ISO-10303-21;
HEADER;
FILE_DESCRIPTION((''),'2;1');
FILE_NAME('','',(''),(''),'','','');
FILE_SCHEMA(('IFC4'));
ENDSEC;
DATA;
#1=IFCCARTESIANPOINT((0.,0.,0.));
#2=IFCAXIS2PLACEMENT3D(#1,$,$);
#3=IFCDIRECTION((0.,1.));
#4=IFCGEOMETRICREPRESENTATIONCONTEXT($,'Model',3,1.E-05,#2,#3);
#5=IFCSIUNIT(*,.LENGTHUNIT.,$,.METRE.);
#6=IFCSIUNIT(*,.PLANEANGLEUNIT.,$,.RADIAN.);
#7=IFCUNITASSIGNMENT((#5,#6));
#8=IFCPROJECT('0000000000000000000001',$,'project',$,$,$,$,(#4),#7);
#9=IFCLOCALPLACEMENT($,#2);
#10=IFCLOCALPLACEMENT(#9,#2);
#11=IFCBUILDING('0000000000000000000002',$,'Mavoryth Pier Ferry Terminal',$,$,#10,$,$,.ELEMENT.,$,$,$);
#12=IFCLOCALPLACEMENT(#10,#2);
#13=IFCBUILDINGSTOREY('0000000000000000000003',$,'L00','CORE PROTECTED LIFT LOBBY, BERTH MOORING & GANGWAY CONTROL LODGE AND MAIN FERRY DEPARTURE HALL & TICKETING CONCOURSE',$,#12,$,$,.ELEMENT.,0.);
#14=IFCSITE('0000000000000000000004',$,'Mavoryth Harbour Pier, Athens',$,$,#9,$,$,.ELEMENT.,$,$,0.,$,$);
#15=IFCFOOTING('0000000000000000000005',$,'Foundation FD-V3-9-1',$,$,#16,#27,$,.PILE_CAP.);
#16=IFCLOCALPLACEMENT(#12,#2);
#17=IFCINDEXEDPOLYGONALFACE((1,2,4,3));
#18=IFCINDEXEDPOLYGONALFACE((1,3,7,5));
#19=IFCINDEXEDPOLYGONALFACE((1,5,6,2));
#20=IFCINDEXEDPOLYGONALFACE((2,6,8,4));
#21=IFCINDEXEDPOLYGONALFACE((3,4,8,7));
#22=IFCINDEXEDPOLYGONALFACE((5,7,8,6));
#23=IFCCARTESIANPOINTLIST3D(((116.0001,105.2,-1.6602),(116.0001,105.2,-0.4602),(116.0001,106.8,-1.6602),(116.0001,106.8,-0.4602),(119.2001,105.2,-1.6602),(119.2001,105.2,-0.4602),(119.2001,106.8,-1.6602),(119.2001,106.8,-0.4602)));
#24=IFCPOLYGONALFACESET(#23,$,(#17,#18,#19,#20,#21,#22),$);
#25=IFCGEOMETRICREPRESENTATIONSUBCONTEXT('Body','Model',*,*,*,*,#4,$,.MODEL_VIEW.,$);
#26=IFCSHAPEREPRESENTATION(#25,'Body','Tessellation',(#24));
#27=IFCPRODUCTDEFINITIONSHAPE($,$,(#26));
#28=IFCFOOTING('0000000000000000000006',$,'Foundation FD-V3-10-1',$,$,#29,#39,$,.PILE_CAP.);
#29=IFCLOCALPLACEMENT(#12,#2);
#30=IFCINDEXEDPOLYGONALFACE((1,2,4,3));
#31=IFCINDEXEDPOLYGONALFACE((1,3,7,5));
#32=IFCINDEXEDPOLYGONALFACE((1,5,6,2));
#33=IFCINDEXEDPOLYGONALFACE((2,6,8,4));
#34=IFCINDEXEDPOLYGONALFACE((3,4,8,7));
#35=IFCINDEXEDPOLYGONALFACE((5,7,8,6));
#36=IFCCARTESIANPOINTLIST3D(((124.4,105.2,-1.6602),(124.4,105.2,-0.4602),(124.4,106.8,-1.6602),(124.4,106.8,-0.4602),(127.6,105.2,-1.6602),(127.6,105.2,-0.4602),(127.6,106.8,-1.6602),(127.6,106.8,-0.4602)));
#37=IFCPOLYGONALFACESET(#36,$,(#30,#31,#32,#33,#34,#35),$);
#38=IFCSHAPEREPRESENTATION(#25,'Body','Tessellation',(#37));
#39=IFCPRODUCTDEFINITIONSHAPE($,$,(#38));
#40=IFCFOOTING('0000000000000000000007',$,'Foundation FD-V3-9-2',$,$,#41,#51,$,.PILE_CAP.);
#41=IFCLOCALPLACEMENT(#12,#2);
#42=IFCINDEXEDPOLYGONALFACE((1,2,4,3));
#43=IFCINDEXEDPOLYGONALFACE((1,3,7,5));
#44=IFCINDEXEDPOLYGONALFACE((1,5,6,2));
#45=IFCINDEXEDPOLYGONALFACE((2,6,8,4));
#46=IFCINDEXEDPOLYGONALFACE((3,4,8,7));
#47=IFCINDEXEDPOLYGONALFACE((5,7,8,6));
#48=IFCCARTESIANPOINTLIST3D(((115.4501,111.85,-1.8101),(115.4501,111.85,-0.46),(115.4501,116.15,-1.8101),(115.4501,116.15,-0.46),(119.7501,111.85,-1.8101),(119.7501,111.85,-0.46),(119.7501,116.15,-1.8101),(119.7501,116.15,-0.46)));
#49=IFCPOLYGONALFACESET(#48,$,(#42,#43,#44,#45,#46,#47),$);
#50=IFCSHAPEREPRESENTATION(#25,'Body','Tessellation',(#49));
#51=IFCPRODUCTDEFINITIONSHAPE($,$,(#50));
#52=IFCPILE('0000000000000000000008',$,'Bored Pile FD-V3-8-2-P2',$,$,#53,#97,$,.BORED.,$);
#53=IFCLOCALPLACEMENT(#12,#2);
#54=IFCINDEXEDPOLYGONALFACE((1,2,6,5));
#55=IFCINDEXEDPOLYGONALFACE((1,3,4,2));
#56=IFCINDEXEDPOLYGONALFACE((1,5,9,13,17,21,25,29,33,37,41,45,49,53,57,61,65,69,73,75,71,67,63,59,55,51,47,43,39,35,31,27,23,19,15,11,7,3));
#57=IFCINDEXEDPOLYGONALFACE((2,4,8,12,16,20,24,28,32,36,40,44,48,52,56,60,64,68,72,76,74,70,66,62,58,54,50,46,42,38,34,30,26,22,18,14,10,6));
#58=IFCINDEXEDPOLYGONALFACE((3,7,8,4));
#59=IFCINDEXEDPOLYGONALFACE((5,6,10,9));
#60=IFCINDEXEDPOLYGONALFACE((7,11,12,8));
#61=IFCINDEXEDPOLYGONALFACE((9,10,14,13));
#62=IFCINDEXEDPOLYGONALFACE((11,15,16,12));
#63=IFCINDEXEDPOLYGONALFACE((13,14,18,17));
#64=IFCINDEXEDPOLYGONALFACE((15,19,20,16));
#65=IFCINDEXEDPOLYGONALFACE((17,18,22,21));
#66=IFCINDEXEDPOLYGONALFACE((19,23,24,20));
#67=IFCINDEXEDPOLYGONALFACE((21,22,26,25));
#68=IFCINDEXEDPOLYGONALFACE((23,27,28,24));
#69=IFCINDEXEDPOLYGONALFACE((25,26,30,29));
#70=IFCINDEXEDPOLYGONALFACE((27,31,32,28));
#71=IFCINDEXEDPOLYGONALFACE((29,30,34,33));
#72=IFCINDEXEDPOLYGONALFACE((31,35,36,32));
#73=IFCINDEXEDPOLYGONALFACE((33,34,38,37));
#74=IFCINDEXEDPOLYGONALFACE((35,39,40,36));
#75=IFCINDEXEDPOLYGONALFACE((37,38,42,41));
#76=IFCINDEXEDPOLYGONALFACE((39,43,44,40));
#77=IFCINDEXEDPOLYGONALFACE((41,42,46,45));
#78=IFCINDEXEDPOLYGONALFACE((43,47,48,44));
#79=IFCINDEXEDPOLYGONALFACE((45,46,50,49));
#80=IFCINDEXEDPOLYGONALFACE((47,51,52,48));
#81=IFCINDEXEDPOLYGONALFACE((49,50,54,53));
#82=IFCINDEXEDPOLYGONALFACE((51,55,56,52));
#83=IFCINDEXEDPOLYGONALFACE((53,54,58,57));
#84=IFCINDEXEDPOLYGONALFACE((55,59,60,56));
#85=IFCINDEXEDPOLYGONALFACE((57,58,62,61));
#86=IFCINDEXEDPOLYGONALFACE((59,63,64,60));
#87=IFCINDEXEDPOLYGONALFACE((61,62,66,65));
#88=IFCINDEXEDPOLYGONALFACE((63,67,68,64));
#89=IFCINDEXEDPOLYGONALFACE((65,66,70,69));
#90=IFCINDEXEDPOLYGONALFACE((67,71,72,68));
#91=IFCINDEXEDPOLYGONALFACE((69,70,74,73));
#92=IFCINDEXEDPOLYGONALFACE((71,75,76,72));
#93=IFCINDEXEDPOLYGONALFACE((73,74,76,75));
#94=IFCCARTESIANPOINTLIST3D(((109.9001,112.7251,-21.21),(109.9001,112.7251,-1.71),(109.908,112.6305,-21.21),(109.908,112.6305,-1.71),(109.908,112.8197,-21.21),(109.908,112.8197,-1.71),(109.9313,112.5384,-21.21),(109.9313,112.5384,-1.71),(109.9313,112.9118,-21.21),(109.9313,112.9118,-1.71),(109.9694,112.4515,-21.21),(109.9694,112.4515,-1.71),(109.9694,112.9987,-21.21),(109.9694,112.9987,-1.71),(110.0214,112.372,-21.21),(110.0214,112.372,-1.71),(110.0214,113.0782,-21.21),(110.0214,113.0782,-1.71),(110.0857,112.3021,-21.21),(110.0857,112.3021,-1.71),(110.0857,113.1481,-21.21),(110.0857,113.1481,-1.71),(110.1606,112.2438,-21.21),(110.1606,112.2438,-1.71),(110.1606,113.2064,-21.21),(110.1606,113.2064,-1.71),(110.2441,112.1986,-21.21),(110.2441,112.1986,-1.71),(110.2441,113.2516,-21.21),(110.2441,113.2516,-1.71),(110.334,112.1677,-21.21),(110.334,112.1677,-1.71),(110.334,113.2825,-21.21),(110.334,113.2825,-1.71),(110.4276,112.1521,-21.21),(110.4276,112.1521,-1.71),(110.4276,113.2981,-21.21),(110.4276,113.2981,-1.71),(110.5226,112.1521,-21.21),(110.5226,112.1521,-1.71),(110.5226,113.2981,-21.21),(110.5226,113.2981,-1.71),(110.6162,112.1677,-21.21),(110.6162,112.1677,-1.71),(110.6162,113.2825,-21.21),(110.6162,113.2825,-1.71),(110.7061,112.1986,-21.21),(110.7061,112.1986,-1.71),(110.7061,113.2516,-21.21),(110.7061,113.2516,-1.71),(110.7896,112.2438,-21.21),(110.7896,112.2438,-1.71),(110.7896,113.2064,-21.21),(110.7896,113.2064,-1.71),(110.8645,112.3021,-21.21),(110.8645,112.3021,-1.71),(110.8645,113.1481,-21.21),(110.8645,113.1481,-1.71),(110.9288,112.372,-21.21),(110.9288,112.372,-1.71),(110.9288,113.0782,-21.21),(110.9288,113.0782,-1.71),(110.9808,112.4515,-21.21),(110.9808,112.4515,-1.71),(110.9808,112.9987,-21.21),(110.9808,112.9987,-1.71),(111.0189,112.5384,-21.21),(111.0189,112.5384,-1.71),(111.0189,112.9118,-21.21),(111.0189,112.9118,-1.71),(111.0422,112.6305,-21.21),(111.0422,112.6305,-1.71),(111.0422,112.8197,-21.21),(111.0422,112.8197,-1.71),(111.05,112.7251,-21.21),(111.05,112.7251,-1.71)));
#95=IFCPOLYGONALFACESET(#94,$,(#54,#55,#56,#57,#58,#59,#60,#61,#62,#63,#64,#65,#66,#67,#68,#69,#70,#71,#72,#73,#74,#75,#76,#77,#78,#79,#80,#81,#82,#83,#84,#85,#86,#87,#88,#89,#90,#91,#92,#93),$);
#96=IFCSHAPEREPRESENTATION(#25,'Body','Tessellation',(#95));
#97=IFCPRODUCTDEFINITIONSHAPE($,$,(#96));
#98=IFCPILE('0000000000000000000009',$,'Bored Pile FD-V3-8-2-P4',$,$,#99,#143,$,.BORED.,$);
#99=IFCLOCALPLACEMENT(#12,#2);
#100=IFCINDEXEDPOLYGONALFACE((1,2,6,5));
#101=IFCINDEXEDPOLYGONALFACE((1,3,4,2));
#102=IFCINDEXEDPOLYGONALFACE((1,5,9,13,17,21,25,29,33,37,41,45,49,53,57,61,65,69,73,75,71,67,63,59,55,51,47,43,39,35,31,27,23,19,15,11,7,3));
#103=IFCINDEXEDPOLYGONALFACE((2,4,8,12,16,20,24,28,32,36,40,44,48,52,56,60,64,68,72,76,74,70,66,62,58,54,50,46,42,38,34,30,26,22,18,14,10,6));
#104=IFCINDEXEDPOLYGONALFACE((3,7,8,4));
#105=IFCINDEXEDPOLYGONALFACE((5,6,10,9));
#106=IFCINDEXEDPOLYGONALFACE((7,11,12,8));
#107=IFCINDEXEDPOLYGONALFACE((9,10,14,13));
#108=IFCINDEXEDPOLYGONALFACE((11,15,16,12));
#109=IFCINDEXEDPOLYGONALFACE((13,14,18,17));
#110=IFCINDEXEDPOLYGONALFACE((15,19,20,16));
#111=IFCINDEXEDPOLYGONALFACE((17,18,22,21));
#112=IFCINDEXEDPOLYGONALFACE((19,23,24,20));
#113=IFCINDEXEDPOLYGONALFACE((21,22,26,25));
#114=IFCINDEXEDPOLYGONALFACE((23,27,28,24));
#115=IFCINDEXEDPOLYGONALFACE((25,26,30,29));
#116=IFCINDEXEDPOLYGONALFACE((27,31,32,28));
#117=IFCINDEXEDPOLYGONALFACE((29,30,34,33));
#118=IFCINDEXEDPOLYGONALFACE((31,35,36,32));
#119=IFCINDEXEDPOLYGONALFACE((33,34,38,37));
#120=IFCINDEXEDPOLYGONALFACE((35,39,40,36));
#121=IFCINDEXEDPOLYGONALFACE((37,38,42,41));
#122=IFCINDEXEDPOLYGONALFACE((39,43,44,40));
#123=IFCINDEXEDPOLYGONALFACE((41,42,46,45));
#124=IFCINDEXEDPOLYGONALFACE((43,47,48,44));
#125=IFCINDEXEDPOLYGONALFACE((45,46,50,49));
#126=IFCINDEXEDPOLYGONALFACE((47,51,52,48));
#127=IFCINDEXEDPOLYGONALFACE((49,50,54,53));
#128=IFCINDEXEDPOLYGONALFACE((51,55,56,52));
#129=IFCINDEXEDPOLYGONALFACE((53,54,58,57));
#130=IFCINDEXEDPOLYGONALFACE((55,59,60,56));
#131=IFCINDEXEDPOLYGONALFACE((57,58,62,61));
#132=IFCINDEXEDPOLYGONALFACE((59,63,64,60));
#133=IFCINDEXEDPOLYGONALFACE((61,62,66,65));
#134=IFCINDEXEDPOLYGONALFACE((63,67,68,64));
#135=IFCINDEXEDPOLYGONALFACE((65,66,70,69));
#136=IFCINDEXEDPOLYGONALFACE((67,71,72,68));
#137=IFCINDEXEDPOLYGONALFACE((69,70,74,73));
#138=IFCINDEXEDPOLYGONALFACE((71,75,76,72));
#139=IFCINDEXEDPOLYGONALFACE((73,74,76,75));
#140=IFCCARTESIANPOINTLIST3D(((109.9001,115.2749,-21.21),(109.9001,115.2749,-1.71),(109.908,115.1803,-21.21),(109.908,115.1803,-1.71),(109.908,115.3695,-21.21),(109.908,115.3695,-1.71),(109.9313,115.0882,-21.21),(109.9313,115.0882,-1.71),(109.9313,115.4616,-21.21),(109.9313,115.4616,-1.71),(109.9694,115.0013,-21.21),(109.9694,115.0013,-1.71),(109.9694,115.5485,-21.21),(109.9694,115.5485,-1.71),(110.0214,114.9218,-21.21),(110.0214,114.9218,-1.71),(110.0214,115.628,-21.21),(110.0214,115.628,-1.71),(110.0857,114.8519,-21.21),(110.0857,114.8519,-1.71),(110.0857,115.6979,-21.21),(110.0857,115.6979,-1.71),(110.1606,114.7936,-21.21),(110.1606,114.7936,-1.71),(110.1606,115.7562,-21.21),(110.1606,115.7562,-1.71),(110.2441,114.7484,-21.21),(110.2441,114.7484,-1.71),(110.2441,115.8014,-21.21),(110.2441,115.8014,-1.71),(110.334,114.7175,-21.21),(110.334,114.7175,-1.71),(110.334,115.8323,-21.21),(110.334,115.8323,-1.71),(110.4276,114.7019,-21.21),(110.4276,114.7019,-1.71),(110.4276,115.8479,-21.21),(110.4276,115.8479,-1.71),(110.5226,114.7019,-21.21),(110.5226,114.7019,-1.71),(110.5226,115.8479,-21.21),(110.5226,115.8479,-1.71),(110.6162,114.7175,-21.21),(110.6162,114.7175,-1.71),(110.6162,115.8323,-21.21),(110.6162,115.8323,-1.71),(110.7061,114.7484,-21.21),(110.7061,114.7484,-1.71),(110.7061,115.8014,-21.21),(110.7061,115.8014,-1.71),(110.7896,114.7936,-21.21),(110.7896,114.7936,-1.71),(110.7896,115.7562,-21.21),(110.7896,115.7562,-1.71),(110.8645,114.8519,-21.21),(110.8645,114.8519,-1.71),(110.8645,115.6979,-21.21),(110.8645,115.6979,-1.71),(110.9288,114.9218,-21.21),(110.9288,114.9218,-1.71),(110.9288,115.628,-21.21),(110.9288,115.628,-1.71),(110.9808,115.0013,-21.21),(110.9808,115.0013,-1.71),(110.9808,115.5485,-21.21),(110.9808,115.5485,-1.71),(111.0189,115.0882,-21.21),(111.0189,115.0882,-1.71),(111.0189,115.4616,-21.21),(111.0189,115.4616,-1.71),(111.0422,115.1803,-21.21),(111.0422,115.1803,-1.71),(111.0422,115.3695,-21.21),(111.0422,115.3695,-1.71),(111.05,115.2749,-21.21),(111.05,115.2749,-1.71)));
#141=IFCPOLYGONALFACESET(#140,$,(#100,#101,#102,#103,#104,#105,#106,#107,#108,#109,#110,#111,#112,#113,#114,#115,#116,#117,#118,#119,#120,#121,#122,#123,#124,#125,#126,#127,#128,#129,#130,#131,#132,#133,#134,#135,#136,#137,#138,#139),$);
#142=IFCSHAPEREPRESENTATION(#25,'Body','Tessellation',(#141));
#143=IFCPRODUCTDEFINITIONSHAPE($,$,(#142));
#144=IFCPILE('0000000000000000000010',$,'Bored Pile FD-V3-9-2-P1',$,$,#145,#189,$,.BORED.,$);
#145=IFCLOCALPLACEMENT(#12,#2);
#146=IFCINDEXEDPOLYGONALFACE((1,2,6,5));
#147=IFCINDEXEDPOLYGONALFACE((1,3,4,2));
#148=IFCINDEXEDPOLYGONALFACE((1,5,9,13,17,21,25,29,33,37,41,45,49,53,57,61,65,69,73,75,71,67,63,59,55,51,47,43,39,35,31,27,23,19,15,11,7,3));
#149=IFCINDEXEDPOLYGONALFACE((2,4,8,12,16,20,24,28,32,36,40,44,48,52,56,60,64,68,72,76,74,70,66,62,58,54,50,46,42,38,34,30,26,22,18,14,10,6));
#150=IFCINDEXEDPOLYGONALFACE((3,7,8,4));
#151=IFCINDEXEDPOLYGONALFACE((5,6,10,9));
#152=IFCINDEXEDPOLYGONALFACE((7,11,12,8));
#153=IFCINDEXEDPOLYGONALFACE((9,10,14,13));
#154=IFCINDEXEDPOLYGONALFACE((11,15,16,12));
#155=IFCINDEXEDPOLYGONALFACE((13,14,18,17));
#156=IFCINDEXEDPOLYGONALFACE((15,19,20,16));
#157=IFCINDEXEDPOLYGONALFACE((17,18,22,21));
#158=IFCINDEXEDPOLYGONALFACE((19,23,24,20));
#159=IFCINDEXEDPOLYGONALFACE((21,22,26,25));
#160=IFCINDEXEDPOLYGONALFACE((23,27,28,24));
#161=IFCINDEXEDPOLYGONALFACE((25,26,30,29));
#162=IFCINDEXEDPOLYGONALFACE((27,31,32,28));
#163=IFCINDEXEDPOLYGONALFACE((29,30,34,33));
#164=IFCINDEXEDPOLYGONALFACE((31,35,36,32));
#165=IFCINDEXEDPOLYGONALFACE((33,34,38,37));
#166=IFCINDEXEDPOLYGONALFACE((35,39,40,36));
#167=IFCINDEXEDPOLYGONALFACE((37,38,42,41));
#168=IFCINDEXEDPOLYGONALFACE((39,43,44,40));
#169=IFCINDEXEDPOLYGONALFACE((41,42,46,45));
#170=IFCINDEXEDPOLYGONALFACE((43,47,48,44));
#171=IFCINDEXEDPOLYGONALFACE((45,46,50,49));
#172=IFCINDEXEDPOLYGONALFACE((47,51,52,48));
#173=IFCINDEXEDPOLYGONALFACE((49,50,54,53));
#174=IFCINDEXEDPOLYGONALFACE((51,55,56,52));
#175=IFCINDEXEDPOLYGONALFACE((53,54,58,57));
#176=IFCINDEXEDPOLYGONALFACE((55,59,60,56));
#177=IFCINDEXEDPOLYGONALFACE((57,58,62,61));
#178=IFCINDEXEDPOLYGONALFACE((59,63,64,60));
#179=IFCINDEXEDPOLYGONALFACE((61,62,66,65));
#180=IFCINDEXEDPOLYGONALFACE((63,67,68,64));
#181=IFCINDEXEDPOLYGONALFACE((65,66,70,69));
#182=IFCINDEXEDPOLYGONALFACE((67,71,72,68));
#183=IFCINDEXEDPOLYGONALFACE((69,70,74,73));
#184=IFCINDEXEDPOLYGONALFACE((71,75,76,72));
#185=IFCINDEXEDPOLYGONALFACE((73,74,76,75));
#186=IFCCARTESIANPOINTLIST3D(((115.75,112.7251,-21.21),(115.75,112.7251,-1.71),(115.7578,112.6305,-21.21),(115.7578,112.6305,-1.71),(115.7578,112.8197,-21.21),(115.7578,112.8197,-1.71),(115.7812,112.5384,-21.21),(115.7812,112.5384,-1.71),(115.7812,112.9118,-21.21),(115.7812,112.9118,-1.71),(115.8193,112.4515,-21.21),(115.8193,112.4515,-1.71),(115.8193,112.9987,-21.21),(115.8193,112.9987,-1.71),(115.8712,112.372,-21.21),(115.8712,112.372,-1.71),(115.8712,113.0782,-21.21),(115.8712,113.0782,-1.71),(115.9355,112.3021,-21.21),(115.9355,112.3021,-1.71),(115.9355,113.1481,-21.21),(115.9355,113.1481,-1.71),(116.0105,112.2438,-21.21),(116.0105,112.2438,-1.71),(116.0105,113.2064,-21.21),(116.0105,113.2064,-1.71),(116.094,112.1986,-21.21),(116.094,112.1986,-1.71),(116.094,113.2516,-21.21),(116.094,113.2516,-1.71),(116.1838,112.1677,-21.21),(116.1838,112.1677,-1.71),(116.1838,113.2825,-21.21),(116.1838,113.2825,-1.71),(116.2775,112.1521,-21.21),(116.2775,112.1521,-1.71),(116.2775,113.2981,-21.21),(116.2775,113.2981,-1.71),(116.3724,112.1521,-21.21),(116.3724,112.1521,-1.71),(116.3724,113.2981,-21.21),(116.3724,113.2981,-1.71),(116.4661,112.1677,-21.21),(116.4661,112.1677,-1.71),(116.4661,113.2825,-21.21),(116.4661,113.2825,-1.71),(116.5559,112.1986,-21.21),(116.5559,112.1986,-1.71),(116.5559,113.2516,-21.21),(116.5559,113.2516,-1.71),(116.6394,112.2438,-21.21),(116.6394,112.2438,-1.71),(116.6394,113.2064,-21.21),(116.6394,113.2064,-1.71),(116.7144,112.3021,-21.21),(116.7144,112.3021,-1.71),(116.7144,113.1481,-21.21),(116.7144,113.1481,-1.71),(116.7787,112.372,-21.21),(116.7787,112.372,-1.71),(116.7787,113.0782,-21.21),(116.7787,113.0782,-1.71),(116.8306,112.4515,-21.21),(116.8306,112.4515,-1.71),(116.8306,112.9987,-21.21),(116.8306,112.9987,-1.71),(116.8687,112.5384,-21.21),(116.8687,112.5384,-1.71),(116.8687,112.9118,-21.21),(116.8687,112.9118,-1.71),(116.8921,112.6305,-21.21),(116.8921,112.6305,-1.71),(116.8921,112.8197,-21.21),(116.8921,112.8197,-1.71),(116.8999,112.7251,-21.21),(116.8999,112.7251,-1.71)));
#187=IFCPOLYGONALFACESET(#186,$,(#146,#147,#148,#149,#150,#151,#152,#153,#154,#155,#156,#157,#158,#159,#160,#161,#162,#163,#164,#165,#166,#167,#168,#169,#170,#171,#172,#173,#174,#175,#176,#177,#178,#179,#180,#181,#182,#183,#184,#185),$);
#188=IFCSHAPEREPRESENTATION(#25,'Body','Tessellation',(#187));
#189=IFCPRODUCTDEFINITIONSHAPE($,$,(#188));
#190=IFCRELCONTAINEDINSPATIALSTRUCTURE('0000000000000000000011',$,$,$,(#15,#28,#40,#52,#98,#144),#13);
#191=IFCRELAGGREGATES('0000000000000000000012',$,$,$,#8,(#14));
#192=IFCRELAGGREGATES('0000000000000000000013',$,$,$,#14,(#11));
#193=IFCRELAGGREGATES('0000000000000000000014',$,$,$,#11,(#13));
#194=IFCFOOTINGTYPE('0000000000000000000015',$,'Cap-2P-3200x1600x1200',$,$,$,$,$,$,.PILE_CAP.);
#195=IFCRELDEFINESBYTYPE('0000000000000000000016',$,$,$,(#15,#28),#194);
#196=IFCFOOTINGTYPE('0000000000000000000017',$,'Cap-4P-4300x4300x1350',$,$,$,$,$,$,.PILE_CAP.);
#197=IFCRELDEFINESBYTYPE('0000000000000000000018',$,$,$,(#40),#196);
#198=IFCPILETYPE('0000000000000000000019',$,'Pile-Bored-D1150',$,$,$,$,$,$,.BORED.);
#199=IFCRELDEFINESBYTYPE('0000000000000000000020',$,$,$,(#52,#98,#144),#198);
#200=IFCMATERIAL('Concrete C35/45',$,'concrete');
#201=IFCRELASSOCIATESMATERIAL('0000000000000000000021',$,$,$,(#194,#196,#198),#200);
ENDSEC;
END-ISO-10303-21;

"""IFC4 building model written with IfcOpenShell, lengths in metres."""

from ifc_helpers import new_model, si_unit, direction, frame, origin, origin_2d, place, context, subcontext, project, spatial, rectangle, circle, extrude, material, material_profile, profile_set, type_object, element, save


model = new_model("IFC4")

# Units and contexts
model_context = context("Model", 3, precision=1e-05, world=origin(), true_north=direction((0.0, 1.0)))
body_context = subcontext(model_context, "Body", "Model", "MODEL_VIEW")
ifc_project = project(units=[si_unit("LENGTHUNIT", "METRE"), si_unit("PLANEANGLEUNIT", "RADIAN")], contexts=[model_context])

# Site, building, storey
site_placement = place(None, origin())
site = spatial("IfcSite", under=ifc_project, at=site_placement, Name="Mavoryth Harbour Pier, Athens", CompositionType="ELEMENT", RefElevation=0.0)
building_placement = place(site_placement, origin())
building = spatial("IfcBuilding", under=site, at=building_placement, Name="Mavoryth Pier Ferry Terminal", CompositionType="ELEMENT")
storey_placement = place(building_placement, origin())
storey = spatial("IfcBuildingStorey", under=building, at=storey_placement, Name="L00", Description="CORE PROTECTED LIFT LOBBY, BERTH MOORING & GANGWAY CONTROL LODGE AND MAIN FERRY DEPARTURE HALL & TICKETING CONCOURSE", CompositionType="ELEMENT", Elevation=0.0)

# Footings
ifc_material_1 = material(Name="Concrete C35/45", Category="concrete")
footing_type_1 = type_object("IfcFootingType", Name="Cap-2P-3200x1600x1200", PredefinedType="PILE_CAP", material=ifc_material_1)
for number, where, z_axis, x_axis, name in (
    (1, (117.6001, 106.0, -1.6602), (0.0, 0.0, 1.0), (1.0, 0.0, 0.0), "Foundation FD-V3-9-1"),
    (2, (126.0, 106.0, -1.6602), (0.0, 0.0, 1.0), (1.0, 0.0, 0.0), "Foundation FD-V3-10-1"),
):
    element("IfcFooting", number, at=place(storey_placement, frame(where, z_axis=z_axis, x_axis=x_axis)), inside=storey, type_object=footing_type_1, Name=name, PredefinedType="PILE_CAP", context=body_context, shape_type="SweptSolid", body=[
        extrude(rectangle(XDim=3.2, YDim=1.6001, at=origin_2d()), origin(), (0.0, 0.0, 1.0), 1.2),
    ])
footing_type_2 = type_object("IfcFootingType", Name="Cap-4P-4300x4300x1350", PredefinedType="PILE_CAP", material=ifc_material_1)
footing_1_placement = place(storey_placement, frame((117.6001, 114.0, -1.8101), z_axis=(0.0, 0.0, 1.0), x_axis=(1.0, 0.0, 0.0)))
element("IfcFooting", 3, at=footing_1_placement, inside=storey, type_object=footing_type_2, Name="Foundation FD-V3-9-2", PredefinedType="PILE_CAP", context=body_context, shape_type="SweptSolid", body=[
    extrude(rectangle(XDim=4.3, YDim=4.3, at=origin_2d()), origin(), (0.0, 0.0, 1.0), 1.3501),
])

# Piles
ifc_material_profile_1 = material_profile(ifc_material_1, circle(Radius=0.575, at=origin_2d()), Name="PILE D1150", Category="concrete")
ifc_profile_set_1 = profile_set([ifc_material_profile_1], Name="Concrete C35/45 - PILE D1150")
pile_type_1 = type_object("IfcPileType", Name="Pile-Bored-D1150", PredefinedType="BORED", material=ifc_profile_set_1)
for number, where, z_axis, x_axis, name in (
    (4, (110.4751, 112.7251, -1.71), (0.0, 0.0, -1.0), (1.0, 0.0, 0.0), "Bored Pile FD-V3-8-2-P2"),
    (5, (110.4751, 115.2749, -1.71), (0.0, 0.0, -1.0), (1.0, 0.0, 0.0), "Bored Pile FD-V3-8-2-P4"),
    (6, (116.325, 112.7251, -1.71), (0.0, 0.0, -1.0), (1.0, 0.0, 0.0), "Bored Pile FD-V3-9-2-P1"),
):
    element("IfcPile", number, at=place(storey_placement, frame(where, z_axis=z_axis, x_axis=x_axis)), inside=storey, type_object=pile_type_1, Name=name, PredefinedType="BORED", context=body_context, shape_type="SweptSolid", body=[
        extrude(circle(Radius=0.575, at=origin_2d()), origin(), (0.0, 0.0, 1.0), 19.5),
    ])

save(model, "model.ifc")
